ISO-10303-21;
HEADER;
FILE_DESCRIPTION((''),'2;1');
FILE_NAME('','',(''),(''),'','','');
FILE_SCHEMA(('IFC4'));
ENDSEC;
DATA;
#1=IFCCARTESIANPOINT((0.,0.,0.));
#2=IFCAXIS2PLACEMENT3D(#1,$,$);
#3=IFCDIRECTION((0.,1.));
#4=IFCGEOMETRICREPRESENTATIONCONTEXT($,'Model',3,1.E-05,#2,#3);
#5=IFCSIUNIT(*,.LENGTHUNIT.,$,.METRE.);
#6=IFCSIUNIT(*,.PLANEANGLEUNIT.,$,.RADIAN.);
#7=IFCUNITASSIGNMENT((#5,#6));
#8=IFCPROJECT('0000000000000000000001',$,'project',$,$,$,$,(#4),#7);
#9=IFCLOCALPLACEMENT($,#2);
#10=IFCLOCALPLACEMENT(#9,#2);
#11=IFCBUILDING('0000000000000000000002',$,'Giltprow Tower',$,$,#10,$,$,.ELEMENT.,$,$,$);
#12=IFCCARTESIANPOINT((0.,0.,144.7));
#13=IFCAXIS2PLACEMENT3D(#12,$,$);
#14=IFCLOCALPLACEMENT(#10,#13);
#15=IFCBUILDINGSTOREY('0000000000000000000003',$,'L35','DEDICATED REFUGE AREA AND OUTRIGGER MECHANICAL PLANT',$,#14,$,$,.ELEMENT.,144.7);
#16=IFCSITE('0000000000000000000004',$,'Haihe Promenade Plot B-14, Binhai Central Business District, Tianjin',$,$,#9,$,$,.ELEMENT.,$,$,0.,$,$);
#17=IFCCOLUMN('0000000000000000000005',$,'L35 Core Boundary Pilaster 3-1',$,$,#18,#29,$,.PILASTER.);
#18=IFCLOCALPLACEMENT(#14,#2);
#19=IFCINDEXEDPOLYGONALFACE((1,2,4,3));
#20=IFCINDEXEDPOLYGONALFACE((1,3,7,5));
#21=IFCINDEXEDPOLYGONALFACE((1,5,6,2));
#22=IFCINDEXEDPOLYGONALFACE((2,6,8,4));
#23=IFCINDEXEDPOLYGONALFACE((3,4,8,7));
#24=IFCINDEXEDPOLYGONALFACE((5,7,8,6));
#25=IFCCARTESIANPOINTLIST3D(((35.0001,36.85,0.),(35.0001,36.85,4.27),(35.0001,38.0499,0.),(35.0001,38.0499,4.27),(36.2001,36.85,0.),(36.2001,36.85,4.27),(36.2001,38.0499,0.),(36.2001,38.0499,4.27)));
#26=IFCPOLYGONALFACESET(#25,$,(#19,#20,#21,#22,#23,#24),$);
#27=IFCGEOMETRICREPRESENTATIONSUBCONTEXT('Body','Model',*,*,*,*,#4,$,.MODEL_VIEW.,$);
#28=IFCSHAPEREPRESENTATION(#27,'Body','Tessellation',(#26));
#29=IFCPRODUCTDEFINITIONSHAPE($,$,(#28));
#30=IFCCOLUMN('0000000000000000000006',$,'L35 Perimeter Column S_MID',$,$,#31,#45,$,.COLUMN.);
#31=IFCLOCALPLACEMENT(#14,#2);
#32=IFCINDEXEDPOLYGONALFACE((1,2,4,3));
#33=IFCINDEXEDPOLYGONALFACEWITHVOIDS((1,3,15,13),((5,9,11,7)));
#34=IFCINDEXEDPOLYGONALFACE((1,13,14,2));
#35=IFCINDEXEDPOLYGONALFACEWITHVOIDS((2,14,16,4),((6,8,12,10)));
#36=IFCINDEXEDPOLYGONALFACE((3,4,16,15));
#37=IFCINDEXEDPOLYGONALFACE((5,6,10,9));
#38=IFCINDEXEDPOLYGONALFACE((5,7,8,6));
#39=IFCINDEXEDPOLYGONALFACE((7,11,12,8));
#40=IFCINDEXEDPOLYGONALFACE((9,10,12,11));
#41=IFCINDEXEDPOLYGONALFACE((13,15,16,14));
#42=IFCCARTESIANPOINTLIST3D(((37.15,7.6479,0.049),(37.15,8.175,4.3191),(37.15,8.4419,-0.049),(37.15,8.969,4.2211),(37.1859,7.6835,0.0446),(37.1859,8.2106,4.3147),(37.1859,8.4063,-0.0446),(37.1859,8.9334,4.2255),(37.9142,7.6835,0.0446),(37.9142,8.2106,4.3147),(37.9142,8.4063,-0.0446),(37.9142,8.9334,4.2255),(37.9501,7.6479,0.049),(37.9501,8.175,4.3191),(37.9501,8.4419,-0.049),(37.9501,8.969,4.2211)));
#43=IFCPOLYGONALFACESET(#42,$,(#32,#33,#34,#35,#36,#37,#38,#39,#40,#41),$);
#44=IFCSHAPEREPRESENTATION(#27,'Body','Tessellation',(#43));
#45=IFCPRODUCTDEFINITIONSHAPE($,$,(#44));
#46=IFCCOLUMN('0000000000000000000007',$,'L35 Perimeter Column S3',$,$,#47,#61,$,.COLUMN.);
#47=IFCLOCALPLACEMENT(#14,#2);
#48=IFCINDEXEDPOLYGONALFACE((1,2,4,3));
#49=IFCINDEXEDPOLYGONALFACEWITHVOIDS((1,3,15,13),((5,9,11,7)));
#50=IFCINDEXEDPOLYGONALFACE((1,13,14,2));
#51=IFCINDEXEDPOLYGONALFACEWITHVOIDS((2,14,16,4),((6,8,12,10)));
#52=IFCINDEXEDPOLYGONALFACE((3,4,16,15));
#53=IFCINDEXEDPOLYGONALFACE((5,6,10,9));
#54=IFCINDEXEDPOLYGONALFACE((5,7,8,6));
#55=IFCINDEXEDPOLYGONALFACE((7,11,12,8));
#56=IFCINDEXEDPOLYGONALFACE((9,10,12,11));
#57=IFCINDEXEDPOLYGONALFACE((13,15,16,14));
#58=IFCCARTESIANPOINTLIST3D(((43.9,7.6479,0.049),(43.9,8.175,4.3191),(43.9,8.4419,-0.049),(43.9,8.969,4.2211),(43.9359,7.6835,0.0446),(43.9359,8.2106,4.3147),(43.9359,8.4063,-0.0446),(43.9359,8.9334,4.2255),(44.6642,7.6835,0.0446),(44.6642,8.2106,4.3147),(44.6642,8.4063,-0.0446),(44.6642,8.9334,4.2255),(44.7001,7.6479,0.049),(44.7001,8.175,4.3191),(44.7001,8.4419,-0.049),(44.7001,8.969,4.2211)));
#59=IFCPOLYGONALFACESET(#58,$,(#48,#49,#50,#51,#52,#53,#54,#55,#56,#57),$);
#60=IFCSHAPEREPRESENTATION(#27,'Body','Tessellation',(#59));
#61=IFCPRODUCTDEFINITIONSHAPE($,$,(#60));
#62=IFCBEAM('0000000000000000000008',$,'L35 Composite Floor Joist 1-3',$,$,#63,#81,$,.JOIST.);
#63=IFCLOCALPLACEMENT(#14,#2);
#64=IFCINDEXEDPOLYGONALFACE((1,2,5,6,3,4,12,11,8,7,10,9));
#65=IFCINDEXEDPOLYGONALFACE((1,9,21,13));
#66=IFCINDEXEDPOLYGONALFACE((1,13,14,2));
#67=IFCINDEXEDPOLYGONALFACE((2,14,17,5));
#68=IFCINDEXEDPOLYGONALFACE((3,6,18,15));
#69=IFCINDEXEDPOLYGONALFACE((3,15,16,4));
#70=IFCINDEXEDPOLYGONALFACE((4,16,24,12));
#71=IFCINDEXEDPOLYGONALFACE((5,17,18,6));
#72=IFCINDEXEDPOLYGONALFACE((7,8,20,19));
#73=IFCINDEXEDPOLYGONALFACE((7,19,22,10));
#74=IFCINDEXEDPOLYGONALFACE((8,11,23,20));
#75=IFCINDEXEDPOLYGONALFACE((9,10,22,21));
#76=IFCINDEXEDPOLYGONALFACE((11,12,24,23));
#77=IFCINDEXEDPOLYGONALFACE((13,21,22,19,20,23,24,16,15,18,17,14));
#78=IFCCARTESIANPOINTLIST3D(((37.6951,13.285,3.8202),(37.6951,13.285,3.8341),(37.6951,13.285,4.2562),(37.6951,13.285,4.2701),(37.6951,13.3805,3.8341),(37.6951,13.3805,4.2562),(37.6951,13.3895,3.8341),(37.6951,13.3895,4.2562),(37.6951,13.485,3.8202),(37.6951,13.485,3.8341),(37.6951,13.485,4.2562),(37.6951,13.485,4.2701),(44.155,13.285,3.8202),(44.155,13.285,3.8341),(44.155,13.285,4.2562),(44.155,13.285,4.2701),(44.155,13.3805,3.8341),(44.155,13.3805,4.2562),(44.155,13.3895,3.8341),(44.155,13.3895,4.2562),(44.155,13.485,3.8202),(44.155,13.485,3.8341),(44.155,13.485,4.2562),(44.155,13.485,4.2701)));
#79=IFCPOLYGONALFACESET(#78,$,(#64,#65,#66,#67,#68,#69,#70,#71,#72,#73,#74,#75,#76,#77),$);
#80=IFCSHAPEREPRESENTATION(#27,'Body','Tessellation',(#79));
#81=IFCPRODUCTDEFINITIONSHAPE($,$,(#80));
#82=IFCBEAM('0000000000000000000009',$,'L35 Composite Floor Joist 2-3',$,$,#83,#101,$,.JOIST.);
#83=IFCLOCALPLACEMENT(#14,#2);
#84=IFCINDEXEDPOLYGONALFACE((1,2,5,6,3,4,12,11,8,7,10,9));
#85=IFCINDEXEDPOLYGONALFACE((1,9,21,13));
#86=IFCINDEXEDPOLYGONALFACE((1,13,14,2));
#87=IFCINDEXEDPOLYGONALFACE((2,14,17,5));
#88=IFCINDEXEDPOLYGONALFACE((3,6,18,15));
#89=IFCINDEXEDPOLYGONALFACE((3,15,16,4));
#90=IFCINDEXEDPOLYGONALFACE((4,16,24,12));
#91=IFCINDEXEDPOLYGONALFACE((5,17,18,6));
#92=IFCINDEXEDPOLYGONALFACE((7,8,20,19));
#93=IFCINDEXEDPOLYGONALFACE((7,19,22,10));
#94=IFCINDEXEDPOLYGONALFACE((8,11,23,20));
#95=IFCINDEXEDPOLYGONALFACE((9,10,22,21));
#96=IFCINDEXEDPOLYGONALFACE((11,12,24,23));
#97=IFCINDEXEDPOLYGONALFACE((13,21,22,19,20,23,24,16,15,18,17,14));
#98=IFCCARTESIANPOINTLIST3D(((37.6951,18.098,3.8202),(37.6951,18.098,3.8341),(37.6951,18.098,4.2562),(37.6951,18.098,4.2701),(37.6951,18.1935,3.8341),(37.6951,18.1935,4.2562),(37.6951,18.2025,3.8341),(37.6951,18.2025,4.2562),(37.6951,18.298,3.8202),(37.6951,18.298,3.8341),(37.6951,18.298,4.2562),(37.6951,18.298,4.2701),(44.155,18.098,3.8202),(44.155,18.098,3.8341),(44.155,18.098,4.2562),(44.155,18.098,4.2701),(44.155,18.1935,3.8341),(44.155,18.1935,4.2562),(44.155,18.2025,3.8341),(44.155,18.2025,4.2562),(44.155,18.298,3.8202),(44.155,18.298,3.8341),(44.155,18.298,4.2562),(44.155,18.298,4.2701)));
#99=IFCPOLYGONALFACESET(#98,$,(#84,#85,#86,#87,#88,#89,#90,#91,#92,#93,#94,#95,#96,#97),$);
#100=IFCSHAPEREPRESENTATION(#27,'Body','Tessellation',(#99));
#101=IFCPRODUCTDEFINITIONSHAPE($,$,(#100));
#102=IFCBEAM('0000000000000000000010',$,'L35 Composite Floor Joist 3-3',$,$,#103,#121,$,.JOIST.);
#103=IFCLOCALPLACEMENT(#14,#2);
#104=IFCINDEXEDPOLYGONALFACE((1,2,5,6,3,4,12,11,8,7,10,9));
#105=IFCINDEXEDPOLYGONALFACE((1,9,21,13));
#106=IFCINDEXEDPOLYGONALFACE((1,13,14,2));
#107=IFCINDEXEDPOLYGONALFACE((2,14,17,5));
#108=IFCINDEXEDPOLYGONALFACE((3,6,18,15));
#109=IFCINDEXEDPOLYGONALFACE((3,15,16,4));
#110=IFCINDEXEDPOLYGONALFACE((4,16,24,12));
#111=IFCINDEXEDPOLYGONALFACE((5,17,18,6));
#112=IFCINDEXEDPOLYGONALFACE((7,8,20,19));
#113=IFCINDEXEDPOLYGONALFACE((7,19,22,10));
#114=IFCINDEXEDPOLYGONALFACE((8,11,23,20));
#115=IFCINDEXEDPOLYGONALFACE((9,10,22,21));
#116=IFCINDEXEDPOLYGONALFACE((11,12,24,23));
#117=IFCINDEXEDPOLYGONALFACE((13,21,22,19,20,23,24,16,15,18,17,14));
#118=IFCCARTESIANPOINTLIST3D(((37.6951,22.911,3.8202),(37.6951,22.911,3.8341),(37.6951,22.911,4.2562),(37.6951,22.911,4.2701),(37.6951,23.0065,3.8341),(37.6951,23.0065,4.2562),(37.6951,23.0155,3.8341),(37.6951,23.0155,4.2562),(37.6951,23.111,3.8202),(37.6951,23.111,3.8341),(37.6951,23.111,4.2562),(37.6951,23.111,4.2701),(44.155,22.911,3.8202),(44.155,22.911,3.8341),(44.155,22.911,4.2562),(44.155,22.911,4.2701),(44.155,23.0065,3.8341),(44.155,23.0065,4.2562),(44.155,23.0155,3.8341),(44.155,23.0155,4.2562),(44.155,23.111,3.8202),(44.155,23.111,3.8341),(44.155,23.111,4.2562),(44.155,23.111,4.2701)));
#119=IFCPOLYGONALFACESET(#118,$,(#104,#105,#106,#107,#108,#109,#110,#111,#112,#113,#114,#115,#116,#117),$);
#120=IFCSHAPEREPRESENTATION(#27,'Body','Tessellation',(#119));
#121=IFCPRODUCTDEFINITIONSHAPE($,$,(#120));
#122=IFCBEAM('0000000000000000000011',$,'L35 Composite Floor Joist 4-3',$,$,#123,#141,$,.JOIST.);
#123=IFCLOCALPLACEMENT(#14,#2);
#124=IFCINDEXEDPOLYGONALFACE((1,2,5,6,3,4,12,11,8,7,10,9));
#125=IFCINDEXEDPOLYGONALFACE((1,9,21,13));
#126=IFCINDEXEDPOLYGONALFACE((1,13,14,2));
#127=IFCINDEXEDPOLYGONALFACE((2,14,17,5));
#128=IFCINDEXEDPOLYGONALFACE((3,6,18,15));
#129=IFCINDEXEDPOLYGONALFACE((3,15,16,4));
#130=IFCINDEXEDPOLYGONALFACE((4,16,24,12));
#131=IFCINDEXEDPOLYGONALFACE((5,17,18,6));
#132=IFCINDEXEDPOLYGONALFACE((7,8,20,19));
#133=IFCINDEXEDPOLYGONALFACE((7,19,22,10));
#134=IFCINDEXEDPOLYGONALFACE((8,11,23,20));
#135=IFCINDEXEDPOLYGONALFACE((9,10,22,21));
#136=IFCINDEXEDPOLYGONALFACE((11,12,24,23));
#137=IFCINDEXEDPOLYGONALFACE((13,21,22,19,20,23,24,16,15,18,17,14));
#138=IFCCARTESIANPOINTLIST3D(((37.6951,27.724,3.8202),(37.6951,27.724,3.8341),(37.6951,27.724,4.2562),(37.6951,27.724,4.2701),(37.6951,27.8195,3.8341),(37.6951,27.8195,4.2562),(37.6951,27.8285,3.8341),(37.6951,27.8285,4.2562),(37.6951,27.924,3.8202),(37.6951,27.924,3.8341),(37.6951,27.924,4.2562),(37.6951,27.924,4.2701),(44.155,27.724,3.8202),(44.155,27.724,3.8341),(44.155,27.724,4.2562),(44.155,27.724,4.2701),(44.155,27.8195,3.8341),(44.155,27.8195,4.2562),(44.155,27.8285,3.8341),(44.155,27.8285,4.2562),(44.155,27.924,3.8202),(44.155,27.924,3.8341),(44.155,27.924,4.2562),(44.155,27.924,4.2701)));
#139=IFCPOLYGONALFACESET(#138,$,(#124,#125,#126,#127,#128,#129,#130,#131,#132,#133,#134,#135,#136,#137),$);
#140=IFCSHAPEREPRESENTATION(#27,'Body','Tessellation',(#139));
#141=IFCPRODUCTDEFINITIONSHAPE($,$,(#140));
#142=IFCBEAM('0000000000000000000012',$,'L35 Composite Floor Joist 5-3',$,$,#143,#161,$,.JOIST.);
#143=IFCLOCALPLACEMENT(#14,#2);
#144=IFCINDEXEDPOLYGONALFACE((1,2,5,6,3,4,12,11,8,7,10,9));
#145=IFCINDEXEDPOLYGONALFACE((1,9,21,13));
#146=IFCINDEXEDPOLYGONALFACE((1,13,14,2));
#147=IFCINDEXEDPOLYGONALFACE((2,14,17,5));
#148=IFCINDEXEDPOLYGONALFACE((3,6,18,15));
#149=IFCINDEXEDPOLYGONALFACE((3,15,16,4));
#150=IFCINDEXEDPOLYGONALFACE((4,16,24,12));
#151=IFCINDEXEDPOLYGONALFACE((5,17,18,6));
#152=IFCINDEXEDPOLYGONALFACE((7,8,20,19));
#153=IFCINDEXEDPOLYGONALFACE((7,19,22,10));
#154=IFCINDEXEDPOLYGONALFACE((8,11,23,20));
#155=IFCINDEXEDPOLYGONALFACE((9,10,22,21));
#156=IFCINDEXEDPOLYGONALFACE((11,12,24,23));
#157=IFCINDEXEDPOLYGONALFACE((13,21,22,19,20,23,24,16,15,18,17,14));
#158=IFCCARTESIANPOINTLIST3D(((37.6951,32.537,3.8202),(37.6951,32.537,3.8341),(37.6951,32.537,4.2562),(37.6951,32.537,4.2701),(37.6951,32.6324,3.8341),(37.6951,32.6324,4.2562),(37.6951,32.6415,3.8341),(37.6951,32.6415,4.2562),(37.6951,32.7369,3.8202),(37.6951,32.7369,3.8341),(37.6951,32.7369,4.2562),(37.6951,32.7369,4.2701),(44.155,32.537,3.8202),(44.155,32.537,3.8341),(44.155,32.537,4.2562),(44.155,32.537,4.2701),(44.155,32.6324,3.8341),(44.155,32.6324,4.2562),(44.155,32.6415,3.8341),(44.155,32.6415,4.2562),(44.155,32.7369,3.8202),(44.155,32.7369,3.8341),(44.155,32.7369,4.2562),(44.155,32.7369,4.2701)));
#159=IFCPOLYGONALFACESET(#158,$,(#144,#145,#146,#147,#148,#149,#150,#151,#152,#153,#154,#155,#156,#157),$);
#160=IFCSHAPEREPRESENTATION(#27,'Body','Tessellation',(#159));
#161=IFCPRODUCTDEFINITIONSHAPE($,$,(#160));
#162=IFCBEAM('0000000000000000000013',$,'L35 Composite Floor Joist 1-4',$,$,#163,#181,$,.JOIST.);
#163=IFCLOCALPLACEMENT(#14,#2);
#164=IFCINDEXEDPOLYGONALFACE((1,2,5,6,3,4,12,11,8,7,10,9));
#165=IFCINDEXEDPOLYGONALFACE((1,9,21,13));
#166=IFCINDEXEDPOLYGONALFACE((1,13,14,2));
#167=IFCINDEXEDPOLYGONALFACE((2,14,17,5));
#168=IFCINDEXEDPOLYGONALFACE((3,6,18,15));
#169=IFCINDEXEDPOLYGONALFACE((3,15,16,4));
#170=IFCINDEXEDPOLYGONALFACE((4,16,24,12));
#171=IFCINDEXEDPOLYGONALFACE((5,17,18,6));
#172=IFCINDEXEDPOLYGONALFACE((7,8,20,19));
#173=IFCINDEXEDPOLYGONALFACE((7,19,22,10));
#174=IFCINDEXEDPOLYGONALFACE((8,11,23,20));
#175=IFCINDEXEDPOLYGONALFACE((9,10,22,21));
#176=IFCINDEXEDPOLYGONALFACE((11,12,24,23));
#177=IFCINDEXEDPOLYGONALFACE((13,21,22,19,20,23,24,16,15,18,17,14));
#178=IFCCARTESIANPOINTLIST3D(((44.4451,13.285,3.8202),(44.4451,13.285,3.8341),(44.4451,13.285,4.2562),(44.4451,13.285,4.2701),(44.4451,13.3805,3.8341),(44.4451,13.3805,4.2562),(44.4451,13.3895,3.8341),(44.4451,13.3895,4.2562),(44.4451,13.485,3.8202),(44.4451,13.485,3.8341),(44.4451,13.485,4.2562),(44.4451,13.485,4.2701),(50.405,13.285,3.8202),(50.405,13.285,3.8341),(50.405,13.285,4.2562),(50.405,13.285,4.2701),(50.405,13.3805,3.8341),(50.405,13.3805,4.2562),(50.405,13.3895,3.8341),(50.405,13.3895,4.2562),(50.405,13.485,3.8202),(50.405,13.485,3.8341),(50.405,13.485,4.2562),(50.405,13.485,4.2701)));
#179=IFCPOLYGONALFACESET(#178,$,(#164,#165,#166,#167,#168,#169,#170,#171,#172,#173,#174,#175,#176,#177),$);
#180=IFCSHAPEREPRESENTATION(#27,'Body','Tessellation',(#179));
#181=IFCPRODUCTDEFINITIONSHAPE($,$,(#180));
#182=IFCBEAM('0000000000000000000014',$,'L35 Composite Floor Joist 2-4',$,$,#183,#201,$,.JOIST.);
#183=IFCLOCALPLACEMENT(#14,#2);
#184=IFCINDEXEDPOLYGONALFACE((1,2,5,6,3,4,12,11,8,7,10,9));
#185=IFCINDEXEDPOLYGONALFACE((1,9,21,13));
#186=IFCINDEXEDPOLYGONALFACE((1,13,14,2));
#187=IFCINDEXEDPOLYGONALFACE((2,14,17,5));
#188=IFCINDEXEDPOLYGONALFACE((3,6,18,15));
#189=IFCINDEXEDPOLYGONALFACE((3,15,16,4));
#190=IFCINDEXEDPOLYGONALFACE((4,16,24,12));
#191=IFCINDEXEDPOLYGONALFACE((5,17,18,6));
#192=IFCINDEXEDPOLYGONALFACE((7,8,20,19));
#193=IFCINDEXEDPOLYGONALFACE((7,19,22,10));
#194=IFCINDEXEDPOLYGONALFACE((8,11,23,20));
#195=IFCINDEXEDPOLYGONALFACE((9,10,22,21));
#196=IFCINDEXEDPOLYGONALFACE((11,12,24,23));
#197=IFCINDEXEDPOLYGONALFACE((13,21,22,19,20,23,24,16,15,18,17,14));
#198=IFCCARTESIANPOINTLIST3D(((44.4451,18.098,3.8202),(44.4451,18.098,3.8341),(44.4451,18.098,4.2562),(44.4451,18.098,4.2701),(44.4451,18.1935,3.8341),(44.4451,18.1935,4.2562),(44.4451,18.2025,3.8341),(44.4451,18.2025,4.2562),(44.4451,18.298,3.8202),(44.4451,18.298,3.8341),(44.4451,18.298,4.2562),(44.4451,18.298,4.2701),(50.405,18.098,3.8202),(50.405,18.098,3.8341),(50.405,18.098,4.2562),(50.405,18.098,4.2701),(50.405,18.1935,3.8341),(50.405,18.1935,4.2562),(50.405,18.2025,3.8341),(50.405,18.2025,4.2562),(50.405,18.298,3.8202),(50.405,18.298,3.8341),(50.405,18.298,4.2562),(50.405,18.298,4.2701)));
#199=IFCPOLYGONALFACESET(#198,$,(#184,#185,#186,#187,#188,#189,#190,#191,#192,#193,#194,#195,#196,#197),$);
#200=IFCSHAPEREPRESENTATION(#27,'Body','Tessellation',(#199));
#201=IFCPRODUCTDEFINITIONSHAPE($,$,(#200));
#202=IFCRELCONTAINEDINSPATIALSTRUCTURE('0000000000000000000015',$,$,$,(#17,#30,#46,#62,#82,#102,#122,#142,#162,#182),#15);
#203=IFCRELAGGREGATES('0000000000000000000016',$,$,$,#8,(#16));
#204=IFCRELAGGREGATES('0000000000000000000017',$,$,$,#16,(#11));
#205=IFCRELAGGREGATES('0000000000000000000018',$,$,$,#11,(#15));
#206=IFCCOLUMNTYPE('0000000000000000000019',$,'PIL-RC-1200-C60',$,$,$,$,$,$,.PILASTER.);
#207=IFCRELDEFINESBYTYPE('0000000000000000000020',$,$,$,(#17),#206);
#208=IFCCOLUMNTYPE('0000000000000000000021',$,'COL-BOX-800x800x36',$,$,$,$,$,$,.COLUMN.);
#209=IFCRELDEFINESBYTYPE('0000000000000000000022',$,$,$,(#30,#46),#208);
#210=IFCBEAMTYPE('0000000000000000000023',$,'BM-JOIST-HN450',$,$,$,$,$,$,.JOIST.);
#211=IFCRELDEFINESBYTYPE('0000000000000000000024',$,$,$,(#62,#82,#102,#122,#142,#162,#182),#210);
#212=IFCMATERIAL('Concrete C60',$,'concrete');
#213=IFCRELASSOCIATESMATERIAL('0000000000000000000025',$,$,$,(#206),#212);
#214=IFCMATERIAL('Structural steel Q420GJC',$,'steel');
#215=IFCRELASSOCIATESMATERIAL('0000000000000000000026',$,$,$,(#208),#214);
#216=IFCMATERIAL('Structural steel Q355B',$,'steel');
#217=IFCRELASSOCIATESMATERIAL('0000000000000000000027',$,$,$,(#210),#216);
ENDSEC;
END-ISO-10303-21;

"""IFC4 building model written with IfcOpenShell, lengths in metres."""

from ifc_helpers import new_model, si_unit, direction, frame, origin, origin_2d, place, context, subcontext, project, spatial, rectangle, hollow_rectangle, i_section, extrude, source, transform, mapped, material, material_profile, profile_set, type_object, element, save


model = new_model("IFC4")

# Units and contexts
model_context = context("Model", 3, precision=1e-05, world=origin(), true_north=direction((0.0, 1.0)))
body_context = subcontext(model_context, "Body", "Model", "MODEL_VIEW")
ifc_project = project(units=[si_unit("LENGTHUNIT", "METRE"), si_unit("PLANEANGLEUNIT", "RADIAN")], contexts=[model_context])

# Site, building, storey
site_placement = place(None, origin())
site = spatial("IfcSite", under=ifc_project, at=site_placement, Name="Haihe Promenade Plot B-14, Binhai Central Business District, Tianjin", CompositionType="ELEMENT", RefElevation=0.0)
building_placement = place(site_placement, origin())
building = spatial("IfcBuilding", under=site, at=building_placement, Name="Giltprow Tower", CompositionType="ELEMENT")
storey_placement = place(building_placement, frame((0.0, 0.0, 144.7)))
storey = spatial("IfcBuildingStorey", under=building, at=storey_placement, Name="L35", Description="DEDICATED REFUGE AREA AND OUTRIGGER MECHANICAL PLANT", CompositionType="ELEMENT", Elevation=144.7)

# Columns
ifc_material_1 = material(Name="Concrete C60", Category="concrete")
ifc_material_profile_1 = material_profile(ifc_material_1, rectangle(XDim=1.2, YDim=1.2, at=origin_2d()), Name="RC 1200x1200")
ifc_profile_set_1 = profile_set([ifc_material_profile_1], Name="Concrete C60")
column_type_1 = type_object("IfcColumnType", Name="PIL-RC-1200-C60", PredefinedType="PILASTER", material=ifc_profile_set_1)
shared_shape_1 = source(origin(), body_context, "Body", "SweptSolid", [
    extrude(rectangle(XDim=1.2, YDim=1.2, at=origin_2d()), origin(), (0.0, 0.0, 1.0), 4.27),
])
column_placement = place(storey_placement, frame((35.6001, 37.45, 0.0), z_axis=(0.0, 0.0, 1.0), x_axis=(1.0, 0.0, 0.0)))
element("IfcColumn", 1, at=column_placement, inside=storey, type_object=column_type_1, Name="L35 Core Boundary Pilaster 3-1", PredefinedType="PILASTER", context=body_context, shape_type="MappedRepresentation", body=[
    mapped(shared_shape_1, transform((0.0, 0.0, 0.0), x_axis=(1.0, 0.0, 0.0), y_axis=(0.0, 1.0, 0.0), z_axis=(0.0, 0.0, 1.0), scale=1.0)),
])
ifc_material_2 = material(Name="Structural steel Q420GJC", Category="steel")
ifc_material_profile_2 = material_profile(ifc_material_2, hollow_rectangle(XDim=0.8, YDim=0.8, WallThickness=0.0359, at=origin_2d()), Name="BOX 800x800x36")
ifc_profile_set_2 = profile_set([ifc_material_profile_2], Name="Structural steel Q420GJC")
column_type_2 = type_object("IfcColumnType", Name="COL-BOX-800x800x36", PredefinedType="COLUMN", material=ifc_profile_set_2)
shared_shape_2 = source(origin(), body_context, "Body", "SweptSolid", [
    extrude(hollow_rectangle(XDim=0.8, YDim=0.8, WallThickness=0.0359, at=origin_2d()), origin(), (0.0, 0.0, 1.0), 4.3025),
])
for number, where, z_axis, x_axis, name in (
    (2, (37.55, 8.0449, 0.0), (0.0, 0.122512, 0.992467), (-1.0, 0.0, 0.0), "L35 Perimeter Column S_MID"),
    (3, (44.3, 8.0449, 0.0), (0.0, 0.122512, 0.992467), (-1.0, 0.0, 0.0), "L35 Perimeter Column S3"),
):
    element("IfcColumn", number, at=place(storey_placement, frame(where, z_axis=z_axis, x_axis=x_axis)), inside=storey, type_object=column_type_2, Name=name, PredefinedType="COLUMN", context=body_context, shape_type="MappedRepresentation", body=[
        mapped(shared_shape_2, transform((0.0, 0.0, 0.0), x_axis=(1.0, 0.0, 0.0), y_axis=(0.0, 1.0, 0.0), z_axis=(0.0, 0.0, 1.0), scale=1.0)),
    ])

# Beams
ifc_material_3 = material(Name="Structural steel Q355B", Category="steel")
ifc_material_profile_3 = material_profile(ifc_material_3, i_section(OverallWidth=0.2, OverallDepth=0.45, WebThickness=0.009, FlangeThickness=0.0139, at=origin_2d()), Name="HN 450x200x9x14")
ifc_profile_set_3 = profile_set([ifc_material_profile_3], Name="Structural steel Q355B")
beam_type_1 = type_object("IfcBeamType", Name="BM-JOIST-HN450", PredefinedType="JOIST", material=ifc_profile_set_3)
shared_shape_3 = source(origin(), body_context, "Body", "SweptSolid", [
    extrude(i_section(OverallWidth=0.2, OverallDepth=0.45, WebThickness=0.009, FlangeThickness=0.0139, at=origin_2d()), origin(), (0.0, 0.0, 1.0), 6.46),
])
for number, where, z_axis, x_axis, name in (
    (4, (37.6951, 13.385, 4.0452), (1.0, 0.0, 0.0), (0.0, 1.0, 0.0), "L35 Composite Floor Joist 1-3"),
    (5, (37.6951, 18.198, 4.0452), (1.0, 0.0, 0.0), (0.0, 1.0, 0.0), "L35 Composite Floor Joist 2-3"),
    (6, (37.6951, 23.011, 4.0452), (1.0, 0.0, 0.0), (0.0, 1.0, 0.0), "L35 Composite Floor Joist 3-3"),
    (7, (37.6951, 27.824, 4.0452), (1.0, 0.0, 0.0), (0.0, 1.0, 0.0), "L35 Composite Floor Joist 4-3"),
    (8, (37.6951, 32.637, 4.0452), (1.0, 0.0, 0.0), (0.0, 1.0, 0.0), "L35 Composite Floor Joist 5-3"),
):
    element("IfcBeam", number, at=place(storey_placement, frame(where, z_axis=z_axis, x_axis=x_axis)), inside=storey, type_object=beam_type_1, Name=name, PredefinedType="JOIST", context=body_context, shape_type="MappedRepresentation", body=[
        mapped(shared_shape_3, transform((0.0, 0.0, 0.0), x_axis=(1.0, 0.0, 0.0), y_axis=(0.0, 1.0, 0.0), z_axis=(0.0, 0.0, 1.0), scale=1.0)),
    ])
shared_shape_4 = source(origin(), body_context, "Body", "SweptSolid", [
    extrude(i_section(OverallWidth=0.2, OverallDepth=0.45, WebThickness=0.009, FlangeThickness=0.0139, at=origin_2d()), origin(), (0.0, 0.0, 1.0), 5.96),
])
for number, where, z_axis, x_axis, name in (
    (9, (44.4451, 13.385, 4.0452), (1.0, 0.0, 0.0), (0.0, 1.0, 0.0), "L35 Composite Floor Joist 1-4"),
    (10, (44.4451, 18.198, 4.0452), (1.0, 0.0, 0.0), (0.0, 1.0, 0.0), "L35 Composite Floor Joist 2-4"),
):
    element("IfcBeam", number, at=place(storey_placement, frame(where, z_axis=z_axis, x_axis=x_axis)), inside=storey, type_object=beam_type_1, Name=name, PredefinedType="JOIST", context=body_context, shape_type="MappedRepresentation", body=[
        mapped(shared_shape_4, transform((0.0, 0.0, 0.0), x_axis=(1.0, 0.0, 0.0), y_axis=(0.0, 1.0, 0.0), z_axis=(0.0, 0.0, 1.0), scale=1.0)),
    ])

save(model, "model.ifc")
